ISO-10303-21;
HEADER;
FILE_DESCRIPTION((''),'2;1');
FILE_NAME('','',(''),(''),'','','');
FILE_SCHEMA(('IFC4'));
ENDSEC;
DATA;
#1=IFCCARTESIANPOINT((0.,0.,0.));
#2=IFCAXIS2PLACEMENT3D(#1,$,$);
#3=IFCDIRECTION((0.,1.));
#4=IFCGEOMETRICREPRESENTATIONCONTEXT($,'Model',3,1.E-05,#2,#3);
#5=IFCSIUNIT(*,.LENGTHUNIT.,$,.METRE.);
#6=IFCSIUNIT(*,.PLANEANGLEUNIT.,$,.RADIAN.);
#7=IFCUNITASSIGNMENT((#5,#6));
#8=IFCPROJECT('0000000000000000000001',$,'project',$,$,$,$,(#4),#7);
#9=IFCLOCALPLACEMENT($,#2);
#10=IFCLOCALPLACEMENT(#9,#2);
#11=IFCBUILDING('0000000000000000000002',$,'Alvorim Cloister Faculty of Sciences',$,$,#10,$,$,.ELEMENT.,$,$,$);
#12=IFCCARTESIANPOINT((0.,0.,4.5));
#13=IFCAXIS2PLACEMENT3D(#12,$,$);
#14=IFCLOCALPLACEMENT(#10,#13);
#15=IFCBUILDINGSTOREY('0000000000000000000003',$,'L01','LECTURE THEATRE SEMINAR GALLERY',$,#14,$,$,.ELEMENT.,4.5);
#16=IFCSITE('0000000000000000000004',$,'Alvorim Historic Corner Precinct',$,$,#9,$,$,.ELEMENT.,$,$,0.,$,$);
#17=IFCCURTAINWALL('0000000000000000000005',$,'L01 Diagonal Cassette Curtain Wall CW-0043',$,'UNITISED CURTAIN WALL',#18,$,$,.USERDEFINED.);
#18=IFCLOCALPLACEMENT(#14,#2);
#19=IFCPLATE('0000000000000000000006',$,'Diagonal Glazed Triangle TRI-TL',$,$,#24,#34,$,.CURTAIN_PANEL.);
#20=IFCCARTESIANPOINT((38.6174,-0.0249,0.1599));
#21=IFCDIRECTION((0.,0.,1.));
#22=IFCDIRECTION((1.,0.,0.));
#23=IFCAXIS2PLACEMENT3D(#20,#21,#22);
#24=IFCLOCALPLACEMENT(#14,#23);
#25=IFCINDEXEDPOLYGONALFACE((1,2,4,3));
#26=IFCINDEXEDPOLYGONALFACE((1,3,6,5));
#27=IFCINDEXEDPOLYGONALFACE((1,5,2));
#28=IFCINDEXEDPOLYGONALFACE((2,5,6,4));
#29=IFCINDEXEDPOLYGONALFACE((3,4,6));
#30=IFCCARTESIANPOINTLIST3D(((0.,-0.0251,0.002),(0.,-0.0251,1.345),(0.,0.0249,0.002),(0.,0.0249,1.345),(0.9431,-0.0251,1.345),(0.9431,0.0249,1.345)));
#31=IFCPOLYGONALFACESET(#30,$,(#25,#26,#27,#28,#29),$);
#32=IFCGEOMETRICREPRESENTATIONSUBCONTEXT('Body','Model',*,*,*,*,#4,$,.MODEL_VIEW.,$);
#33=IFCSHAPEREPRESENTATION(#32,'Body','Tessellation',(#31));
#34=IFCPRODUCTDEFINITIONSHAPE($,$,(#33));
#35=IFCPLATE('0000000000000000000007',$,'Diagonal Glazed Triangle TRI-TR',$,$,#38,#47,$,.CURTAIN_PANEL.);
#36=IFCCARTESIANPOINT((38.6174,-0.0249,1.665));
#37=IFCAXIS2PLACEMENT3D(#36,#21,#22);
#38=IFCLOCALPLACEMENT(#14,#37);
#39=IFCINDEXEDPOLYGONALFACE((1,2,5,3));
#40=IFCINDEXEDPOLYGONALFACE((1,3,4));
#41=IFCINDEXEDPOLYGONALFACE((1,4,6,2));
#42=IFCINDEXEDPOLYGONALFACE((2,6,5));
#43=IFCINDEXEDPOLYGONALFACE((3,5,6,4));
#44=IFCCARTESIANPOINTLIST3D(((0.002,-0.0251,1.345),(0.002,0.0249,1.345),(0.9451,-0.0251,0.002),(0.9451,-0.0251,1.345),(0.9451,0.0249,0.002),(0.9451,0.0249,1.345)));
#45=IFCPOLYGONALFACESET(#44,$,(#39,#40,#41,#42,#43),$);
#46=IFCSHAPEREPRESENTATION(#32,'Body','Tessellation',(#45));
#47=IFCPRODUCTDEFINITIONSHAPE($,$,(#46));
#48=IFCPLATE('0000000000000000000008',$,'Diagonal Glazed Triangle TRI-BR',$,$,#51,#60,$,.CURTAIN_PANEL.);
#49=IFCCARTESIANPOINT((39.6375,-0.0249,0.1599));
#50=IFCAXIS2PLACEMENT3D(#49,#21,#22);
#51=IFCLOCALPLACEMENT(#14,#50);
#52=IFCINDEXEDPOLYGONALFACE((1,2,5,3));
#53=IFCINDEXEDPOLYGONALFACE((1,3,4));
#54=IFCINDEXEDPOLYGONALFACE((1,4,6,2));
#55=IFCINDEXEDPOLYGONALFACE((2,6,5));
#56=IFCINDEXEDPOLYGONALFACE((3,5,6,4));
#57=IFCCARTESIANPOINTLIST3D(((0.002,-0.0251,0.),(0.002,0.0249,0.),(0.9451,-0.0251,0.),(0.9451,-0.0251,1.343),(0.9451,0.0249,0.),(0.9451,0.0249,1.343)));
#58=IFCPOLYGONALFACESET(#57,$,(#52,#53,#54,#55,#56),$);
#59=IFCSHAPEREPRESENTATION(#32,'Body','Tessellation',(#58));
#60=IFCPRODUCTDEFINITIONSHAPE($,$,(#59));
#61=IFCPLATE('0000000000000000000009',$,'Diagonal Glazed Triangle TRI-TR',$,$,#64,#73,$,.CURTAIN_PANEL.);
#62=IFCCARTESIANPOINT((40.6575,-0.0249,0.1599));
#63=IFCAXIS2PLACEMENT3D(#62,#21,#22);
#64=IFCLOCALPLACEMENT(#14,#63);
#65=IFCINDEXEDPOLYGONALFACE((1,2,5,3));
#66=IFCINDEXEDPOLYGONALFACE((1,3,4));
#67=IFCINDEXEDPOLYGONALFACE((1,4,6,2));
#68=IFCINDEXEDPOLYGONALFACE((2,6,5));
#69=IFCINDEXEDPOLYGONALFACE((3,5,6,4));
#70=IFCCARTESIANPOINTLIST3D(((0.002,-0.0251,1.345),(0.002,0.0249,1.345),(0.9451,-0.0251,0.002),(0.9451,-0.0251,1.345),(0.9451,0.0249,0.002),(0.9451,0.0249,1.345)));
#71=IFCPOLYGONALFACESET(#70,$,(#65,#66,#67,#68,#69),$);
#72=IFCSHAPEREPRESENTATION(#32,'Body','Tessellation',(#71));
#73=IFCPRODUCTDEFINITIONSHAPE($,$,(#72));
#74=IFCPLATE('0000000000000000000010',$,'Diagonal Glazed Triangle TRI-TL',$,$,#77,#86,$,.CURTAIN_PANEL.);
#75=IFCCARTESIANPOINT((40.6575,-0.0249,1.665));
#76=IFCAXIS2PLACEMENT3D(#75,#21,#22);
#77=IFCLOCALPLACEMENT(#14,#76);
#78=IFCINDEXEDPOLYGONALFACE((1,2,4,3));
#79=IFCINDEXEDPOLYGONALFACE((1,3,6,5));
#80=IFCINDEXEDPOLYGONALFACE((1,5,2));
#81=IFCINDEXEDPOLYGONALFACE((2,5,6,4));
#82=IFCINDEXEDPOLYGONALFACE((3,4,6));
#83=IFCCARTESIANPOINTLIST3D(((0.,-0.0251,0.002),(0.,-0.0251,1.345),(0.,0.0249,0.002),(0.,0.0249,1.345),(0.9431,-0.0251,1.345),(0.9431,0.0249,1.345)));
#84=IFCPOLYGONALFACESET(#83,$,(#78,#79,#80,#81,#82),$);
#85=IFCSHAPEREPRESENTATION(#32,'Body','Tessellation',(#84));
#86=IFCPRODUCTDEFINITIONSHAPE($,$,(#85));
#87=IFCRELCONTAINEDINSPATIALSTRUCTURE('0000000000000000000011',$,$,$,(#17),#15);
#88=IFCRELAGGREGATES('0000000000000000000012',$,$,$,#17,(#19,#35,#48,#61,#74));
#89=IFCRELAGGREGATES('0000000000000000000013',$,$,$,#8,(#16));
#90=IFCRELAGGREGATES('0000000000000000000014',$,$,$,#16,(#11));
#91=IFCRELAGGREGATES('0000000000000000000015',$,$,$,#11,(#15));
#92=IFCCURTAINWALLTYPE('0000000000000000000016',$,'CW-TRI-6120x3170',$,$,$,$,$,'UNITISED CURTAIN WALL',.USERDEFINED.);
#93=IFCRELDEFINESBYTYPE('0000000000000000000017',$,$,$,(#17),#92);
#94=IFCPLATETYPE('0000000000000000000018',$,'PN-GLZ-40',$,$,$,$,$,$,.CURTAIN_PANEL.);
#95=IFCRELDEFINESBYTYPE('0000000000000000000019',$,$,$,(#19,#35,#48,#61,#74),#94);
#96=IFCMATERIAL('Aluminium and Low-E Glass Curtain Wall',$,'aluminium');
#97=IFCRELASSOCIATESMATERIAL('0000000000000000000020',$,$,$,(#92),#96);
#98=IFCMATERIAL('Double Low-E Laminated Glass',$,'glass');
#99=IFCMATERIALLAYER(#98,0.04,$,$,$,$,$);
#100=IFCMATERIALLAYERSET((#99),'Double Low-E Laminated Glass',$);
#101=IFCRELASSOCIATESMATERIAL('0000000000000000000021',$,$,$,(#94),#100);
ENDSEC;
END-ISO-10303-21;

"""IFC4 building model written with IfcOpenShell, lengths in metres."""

from ifc_helpers import new_model, si_unit, direction, frame, origin, place, context, subcontext, project, spatial, polyline, outline, extrude, material, layer, layer_set, type_object, element, aggregate, save


model = new_model("IFC4")

# Units and contexts
model_context = context("Model", 3, precision=1e-05, world=origin(), true_north=direction((0.0, 1.0)))
body_context = subcontext(model_context, "Body", "Model", "MODEL_VIEW")
ifc_project = project(units=[si_unit("LENGTHUNIT", "METRE"), si_unit("PLANEANGLEUNIT", "RADIAN")], contexts=[model_context])

# Site, building, storey
site_placement = place(None, origin())
site = spatial("IfcSite", under=ifc_project, at=site_placement, Name="Alvorim Historic Corner Precinct", CompositionType="ELEMENT", RefElevation=0.0)
building_placement = place(site_placement, origin())
building = spatial("IfcBuilding", under=site, at=building_placement, Name="Alvorim Cloister Faculty of Sciences", CompositionType="ELEMENT")
storey_placement = place(building_placement, frame((0.0, 0.0, 4.5)))
storey = spatial("IfcBuildingStorey", under=building, at=storey_placement, Name="L01", Description="LECTURE THEATRE SEMINAR GALLERY", CompositionType="ELEMENT", Elevation=4.5)

# Curtain wall, plates
ifc_material_1 = material(Name="Aluminium and Low-E Glass Curtain Wall", Category="aluminium")
curtain_wall_type = type_object("IfcCurtainWallType", Name="CW-TRI-6120x3170", ElementType="UNITISED CURTAIN WALL", PredefinedType="USERDEFINED", material=ifc_material_1)
curtain_wall_placement = place(storey_placement, origin())
curtain_wall = element("IfcCurtainWall", 1, at=curtain_wall_placement, inside=storey, type_object=curtain_wall_type, Name="L01 Diagonal Cassette Curtain Wall CW-0043", ObjectType="UNITISED CURTAIN WALL", PredefinedType="USERDEFINED")
ifc_material_2 = material(Name="Double Low-E Laminated Glass", Category="glass")
ifc_layer = layer(ifc_material_2, 0.04)
ifc_layer_set = layer_set([ifc_layer], Name="Double Low-E Laminated Glass")
plate_type = type_object("IfcPlateType", Name="PN-GLZ-40", PredefinedType="CURTAIN_PANEL", material=ifc_layer_set)
plate_1_placement = place(storey_placement, frame((38.6174, -0.0249, 0.1599), z_axis=(0.0, 0.0, 1.0), x_axis=(1.0, 0.0, 0.0)))
plate_1 = element("IfcPlate", 2, at=plate_1_placement, type_object=plate_type, Name="Diagonal Glazed Triangle TRI-TL", PredefinedType="CURTAIN_PANEL", context=body_context, shape_type="SweptSolid", body=[
    extrude(outline(polyline([(0.9431, 1.345), (0.0, 1.345), (0.0, 0.002), (0.9431, 1.345)])), frame((0.0, 0.0249, 0.0), z_axis=(0.0, -1.0, 0.0), x_axis=(1.0, 0.0, 0.0)), (0.0, 0.0, 1.0), 0.05),
])
plate_2_placement = place(storey_placement, frame((38.6174, -0.0249, 1.665), z_axis=(0.0, 0.0, 1.0), x_axis=(1.0, 0.0, 0.0)))
plate_2 = element("IfcPlate", 3, at=plate_2_placement, type_object=plate_type, Name="Diagonal Glazed Triangle TRI-TR", PredefinedType="CURTAIN_PANEL", context=body_context, shape_type="SweptSolid", body=[
    extrude(outline(polyline([(0.9451, 0.002), (0.9451, 1.345), (0.002, 1.345), (0.9451, 0.002)])), frame((0.0, 0.0249, 0.0), z_axis=(0.0, -1.0, 0.0), x_axis=(1.0, 0.0, 0.0)), (0.0, 0.0, 1.0), 0.05),
])
plate_3_placement = place(storey_placement, frame((39.6375, -0.0249, 0.1599), z_axis=(0.0, 0.0, 1.0), x_axis=(1.0, 0.0, 0.0)))
plate_3 = element("IfcPlate", 4, at=plate_3_placement, type_object=plate_type, Name="Diagonal Glazed Triangle TRI-BR", PredefinedType="CURTAIN_PANEL", context=body_context, shape_type="SweptSolid", body=[
    extrude(outline(polyline([(0.002, 0.0), (0.9451, 0.0), (0.9451, 1.343), (0.002, 0.0)])), frame((0.0, 0.0249, 0.0), z_axis=(0.0, -1.0, 0.0), x_axis=(1.0, 0.0, 0.0)), (0.0, 0.0, 1.0), 0.05),
])
plate_4_placement = place(storey_placement, frame((40.6575, -0.0249, 0.1599), z_axis=(0.0, 0.0, 1.0), x_axis=(1.0, 0.0, 0.0)))
plate_4 = element("IfcPlate", 5, at=plate_4_placement, type_object=plate_type, Name="Diagonal Glazed Triangle TRI-TR", PredefinedType="CURTAIN_PANEL", context=body_context, shape_type="SweptSolid", body=[
    extrude(outline(polyline([(0.9451, 0.002), (0.9451, 1.345), (0.002, 1.345), (0.9451, 0.002)])), frame((0.0, 0.0249, 0.0), z_axis=(0.0, -1.0, 0.0), x_axis=(1.0, 0.0, 0.0)), (0.0, 0.0, 1.0), 0.05),
])
plate_5_placement = place(storey_placement, frame((40.6575, -0.0249, 1.665), z_axis=(0.0, 0.0, 1.0), x_axis=(1.0, 0.0, 0.0)))
plate_5 = element("IfcPlate", 6, at=plate_5_placement, type_object=plate_type, Name="Diagonal Glazed Triangle TRI-TL", PredefinedType="CURTAIN_PANEL", context=body_context, shape_type="SweptSolid", body=[
    extrude(outline(polyline([(0.9431, 1.345), (0.0, 1.345), (0.0, 0.002), (0.9431, 1.345)])), frame((0.0, 0.0249, 0.0), z_axis=(0.0, -1.0, 0.0), x_axis=(1.0, 0.0, 0.0)), (0.0, 0.0, 1.0), 0.05),
])
aggregate(curtain_wall, [plate_1, plate_2, plate_3, plate_4, plate_5])

save(model, "model.ifc")
